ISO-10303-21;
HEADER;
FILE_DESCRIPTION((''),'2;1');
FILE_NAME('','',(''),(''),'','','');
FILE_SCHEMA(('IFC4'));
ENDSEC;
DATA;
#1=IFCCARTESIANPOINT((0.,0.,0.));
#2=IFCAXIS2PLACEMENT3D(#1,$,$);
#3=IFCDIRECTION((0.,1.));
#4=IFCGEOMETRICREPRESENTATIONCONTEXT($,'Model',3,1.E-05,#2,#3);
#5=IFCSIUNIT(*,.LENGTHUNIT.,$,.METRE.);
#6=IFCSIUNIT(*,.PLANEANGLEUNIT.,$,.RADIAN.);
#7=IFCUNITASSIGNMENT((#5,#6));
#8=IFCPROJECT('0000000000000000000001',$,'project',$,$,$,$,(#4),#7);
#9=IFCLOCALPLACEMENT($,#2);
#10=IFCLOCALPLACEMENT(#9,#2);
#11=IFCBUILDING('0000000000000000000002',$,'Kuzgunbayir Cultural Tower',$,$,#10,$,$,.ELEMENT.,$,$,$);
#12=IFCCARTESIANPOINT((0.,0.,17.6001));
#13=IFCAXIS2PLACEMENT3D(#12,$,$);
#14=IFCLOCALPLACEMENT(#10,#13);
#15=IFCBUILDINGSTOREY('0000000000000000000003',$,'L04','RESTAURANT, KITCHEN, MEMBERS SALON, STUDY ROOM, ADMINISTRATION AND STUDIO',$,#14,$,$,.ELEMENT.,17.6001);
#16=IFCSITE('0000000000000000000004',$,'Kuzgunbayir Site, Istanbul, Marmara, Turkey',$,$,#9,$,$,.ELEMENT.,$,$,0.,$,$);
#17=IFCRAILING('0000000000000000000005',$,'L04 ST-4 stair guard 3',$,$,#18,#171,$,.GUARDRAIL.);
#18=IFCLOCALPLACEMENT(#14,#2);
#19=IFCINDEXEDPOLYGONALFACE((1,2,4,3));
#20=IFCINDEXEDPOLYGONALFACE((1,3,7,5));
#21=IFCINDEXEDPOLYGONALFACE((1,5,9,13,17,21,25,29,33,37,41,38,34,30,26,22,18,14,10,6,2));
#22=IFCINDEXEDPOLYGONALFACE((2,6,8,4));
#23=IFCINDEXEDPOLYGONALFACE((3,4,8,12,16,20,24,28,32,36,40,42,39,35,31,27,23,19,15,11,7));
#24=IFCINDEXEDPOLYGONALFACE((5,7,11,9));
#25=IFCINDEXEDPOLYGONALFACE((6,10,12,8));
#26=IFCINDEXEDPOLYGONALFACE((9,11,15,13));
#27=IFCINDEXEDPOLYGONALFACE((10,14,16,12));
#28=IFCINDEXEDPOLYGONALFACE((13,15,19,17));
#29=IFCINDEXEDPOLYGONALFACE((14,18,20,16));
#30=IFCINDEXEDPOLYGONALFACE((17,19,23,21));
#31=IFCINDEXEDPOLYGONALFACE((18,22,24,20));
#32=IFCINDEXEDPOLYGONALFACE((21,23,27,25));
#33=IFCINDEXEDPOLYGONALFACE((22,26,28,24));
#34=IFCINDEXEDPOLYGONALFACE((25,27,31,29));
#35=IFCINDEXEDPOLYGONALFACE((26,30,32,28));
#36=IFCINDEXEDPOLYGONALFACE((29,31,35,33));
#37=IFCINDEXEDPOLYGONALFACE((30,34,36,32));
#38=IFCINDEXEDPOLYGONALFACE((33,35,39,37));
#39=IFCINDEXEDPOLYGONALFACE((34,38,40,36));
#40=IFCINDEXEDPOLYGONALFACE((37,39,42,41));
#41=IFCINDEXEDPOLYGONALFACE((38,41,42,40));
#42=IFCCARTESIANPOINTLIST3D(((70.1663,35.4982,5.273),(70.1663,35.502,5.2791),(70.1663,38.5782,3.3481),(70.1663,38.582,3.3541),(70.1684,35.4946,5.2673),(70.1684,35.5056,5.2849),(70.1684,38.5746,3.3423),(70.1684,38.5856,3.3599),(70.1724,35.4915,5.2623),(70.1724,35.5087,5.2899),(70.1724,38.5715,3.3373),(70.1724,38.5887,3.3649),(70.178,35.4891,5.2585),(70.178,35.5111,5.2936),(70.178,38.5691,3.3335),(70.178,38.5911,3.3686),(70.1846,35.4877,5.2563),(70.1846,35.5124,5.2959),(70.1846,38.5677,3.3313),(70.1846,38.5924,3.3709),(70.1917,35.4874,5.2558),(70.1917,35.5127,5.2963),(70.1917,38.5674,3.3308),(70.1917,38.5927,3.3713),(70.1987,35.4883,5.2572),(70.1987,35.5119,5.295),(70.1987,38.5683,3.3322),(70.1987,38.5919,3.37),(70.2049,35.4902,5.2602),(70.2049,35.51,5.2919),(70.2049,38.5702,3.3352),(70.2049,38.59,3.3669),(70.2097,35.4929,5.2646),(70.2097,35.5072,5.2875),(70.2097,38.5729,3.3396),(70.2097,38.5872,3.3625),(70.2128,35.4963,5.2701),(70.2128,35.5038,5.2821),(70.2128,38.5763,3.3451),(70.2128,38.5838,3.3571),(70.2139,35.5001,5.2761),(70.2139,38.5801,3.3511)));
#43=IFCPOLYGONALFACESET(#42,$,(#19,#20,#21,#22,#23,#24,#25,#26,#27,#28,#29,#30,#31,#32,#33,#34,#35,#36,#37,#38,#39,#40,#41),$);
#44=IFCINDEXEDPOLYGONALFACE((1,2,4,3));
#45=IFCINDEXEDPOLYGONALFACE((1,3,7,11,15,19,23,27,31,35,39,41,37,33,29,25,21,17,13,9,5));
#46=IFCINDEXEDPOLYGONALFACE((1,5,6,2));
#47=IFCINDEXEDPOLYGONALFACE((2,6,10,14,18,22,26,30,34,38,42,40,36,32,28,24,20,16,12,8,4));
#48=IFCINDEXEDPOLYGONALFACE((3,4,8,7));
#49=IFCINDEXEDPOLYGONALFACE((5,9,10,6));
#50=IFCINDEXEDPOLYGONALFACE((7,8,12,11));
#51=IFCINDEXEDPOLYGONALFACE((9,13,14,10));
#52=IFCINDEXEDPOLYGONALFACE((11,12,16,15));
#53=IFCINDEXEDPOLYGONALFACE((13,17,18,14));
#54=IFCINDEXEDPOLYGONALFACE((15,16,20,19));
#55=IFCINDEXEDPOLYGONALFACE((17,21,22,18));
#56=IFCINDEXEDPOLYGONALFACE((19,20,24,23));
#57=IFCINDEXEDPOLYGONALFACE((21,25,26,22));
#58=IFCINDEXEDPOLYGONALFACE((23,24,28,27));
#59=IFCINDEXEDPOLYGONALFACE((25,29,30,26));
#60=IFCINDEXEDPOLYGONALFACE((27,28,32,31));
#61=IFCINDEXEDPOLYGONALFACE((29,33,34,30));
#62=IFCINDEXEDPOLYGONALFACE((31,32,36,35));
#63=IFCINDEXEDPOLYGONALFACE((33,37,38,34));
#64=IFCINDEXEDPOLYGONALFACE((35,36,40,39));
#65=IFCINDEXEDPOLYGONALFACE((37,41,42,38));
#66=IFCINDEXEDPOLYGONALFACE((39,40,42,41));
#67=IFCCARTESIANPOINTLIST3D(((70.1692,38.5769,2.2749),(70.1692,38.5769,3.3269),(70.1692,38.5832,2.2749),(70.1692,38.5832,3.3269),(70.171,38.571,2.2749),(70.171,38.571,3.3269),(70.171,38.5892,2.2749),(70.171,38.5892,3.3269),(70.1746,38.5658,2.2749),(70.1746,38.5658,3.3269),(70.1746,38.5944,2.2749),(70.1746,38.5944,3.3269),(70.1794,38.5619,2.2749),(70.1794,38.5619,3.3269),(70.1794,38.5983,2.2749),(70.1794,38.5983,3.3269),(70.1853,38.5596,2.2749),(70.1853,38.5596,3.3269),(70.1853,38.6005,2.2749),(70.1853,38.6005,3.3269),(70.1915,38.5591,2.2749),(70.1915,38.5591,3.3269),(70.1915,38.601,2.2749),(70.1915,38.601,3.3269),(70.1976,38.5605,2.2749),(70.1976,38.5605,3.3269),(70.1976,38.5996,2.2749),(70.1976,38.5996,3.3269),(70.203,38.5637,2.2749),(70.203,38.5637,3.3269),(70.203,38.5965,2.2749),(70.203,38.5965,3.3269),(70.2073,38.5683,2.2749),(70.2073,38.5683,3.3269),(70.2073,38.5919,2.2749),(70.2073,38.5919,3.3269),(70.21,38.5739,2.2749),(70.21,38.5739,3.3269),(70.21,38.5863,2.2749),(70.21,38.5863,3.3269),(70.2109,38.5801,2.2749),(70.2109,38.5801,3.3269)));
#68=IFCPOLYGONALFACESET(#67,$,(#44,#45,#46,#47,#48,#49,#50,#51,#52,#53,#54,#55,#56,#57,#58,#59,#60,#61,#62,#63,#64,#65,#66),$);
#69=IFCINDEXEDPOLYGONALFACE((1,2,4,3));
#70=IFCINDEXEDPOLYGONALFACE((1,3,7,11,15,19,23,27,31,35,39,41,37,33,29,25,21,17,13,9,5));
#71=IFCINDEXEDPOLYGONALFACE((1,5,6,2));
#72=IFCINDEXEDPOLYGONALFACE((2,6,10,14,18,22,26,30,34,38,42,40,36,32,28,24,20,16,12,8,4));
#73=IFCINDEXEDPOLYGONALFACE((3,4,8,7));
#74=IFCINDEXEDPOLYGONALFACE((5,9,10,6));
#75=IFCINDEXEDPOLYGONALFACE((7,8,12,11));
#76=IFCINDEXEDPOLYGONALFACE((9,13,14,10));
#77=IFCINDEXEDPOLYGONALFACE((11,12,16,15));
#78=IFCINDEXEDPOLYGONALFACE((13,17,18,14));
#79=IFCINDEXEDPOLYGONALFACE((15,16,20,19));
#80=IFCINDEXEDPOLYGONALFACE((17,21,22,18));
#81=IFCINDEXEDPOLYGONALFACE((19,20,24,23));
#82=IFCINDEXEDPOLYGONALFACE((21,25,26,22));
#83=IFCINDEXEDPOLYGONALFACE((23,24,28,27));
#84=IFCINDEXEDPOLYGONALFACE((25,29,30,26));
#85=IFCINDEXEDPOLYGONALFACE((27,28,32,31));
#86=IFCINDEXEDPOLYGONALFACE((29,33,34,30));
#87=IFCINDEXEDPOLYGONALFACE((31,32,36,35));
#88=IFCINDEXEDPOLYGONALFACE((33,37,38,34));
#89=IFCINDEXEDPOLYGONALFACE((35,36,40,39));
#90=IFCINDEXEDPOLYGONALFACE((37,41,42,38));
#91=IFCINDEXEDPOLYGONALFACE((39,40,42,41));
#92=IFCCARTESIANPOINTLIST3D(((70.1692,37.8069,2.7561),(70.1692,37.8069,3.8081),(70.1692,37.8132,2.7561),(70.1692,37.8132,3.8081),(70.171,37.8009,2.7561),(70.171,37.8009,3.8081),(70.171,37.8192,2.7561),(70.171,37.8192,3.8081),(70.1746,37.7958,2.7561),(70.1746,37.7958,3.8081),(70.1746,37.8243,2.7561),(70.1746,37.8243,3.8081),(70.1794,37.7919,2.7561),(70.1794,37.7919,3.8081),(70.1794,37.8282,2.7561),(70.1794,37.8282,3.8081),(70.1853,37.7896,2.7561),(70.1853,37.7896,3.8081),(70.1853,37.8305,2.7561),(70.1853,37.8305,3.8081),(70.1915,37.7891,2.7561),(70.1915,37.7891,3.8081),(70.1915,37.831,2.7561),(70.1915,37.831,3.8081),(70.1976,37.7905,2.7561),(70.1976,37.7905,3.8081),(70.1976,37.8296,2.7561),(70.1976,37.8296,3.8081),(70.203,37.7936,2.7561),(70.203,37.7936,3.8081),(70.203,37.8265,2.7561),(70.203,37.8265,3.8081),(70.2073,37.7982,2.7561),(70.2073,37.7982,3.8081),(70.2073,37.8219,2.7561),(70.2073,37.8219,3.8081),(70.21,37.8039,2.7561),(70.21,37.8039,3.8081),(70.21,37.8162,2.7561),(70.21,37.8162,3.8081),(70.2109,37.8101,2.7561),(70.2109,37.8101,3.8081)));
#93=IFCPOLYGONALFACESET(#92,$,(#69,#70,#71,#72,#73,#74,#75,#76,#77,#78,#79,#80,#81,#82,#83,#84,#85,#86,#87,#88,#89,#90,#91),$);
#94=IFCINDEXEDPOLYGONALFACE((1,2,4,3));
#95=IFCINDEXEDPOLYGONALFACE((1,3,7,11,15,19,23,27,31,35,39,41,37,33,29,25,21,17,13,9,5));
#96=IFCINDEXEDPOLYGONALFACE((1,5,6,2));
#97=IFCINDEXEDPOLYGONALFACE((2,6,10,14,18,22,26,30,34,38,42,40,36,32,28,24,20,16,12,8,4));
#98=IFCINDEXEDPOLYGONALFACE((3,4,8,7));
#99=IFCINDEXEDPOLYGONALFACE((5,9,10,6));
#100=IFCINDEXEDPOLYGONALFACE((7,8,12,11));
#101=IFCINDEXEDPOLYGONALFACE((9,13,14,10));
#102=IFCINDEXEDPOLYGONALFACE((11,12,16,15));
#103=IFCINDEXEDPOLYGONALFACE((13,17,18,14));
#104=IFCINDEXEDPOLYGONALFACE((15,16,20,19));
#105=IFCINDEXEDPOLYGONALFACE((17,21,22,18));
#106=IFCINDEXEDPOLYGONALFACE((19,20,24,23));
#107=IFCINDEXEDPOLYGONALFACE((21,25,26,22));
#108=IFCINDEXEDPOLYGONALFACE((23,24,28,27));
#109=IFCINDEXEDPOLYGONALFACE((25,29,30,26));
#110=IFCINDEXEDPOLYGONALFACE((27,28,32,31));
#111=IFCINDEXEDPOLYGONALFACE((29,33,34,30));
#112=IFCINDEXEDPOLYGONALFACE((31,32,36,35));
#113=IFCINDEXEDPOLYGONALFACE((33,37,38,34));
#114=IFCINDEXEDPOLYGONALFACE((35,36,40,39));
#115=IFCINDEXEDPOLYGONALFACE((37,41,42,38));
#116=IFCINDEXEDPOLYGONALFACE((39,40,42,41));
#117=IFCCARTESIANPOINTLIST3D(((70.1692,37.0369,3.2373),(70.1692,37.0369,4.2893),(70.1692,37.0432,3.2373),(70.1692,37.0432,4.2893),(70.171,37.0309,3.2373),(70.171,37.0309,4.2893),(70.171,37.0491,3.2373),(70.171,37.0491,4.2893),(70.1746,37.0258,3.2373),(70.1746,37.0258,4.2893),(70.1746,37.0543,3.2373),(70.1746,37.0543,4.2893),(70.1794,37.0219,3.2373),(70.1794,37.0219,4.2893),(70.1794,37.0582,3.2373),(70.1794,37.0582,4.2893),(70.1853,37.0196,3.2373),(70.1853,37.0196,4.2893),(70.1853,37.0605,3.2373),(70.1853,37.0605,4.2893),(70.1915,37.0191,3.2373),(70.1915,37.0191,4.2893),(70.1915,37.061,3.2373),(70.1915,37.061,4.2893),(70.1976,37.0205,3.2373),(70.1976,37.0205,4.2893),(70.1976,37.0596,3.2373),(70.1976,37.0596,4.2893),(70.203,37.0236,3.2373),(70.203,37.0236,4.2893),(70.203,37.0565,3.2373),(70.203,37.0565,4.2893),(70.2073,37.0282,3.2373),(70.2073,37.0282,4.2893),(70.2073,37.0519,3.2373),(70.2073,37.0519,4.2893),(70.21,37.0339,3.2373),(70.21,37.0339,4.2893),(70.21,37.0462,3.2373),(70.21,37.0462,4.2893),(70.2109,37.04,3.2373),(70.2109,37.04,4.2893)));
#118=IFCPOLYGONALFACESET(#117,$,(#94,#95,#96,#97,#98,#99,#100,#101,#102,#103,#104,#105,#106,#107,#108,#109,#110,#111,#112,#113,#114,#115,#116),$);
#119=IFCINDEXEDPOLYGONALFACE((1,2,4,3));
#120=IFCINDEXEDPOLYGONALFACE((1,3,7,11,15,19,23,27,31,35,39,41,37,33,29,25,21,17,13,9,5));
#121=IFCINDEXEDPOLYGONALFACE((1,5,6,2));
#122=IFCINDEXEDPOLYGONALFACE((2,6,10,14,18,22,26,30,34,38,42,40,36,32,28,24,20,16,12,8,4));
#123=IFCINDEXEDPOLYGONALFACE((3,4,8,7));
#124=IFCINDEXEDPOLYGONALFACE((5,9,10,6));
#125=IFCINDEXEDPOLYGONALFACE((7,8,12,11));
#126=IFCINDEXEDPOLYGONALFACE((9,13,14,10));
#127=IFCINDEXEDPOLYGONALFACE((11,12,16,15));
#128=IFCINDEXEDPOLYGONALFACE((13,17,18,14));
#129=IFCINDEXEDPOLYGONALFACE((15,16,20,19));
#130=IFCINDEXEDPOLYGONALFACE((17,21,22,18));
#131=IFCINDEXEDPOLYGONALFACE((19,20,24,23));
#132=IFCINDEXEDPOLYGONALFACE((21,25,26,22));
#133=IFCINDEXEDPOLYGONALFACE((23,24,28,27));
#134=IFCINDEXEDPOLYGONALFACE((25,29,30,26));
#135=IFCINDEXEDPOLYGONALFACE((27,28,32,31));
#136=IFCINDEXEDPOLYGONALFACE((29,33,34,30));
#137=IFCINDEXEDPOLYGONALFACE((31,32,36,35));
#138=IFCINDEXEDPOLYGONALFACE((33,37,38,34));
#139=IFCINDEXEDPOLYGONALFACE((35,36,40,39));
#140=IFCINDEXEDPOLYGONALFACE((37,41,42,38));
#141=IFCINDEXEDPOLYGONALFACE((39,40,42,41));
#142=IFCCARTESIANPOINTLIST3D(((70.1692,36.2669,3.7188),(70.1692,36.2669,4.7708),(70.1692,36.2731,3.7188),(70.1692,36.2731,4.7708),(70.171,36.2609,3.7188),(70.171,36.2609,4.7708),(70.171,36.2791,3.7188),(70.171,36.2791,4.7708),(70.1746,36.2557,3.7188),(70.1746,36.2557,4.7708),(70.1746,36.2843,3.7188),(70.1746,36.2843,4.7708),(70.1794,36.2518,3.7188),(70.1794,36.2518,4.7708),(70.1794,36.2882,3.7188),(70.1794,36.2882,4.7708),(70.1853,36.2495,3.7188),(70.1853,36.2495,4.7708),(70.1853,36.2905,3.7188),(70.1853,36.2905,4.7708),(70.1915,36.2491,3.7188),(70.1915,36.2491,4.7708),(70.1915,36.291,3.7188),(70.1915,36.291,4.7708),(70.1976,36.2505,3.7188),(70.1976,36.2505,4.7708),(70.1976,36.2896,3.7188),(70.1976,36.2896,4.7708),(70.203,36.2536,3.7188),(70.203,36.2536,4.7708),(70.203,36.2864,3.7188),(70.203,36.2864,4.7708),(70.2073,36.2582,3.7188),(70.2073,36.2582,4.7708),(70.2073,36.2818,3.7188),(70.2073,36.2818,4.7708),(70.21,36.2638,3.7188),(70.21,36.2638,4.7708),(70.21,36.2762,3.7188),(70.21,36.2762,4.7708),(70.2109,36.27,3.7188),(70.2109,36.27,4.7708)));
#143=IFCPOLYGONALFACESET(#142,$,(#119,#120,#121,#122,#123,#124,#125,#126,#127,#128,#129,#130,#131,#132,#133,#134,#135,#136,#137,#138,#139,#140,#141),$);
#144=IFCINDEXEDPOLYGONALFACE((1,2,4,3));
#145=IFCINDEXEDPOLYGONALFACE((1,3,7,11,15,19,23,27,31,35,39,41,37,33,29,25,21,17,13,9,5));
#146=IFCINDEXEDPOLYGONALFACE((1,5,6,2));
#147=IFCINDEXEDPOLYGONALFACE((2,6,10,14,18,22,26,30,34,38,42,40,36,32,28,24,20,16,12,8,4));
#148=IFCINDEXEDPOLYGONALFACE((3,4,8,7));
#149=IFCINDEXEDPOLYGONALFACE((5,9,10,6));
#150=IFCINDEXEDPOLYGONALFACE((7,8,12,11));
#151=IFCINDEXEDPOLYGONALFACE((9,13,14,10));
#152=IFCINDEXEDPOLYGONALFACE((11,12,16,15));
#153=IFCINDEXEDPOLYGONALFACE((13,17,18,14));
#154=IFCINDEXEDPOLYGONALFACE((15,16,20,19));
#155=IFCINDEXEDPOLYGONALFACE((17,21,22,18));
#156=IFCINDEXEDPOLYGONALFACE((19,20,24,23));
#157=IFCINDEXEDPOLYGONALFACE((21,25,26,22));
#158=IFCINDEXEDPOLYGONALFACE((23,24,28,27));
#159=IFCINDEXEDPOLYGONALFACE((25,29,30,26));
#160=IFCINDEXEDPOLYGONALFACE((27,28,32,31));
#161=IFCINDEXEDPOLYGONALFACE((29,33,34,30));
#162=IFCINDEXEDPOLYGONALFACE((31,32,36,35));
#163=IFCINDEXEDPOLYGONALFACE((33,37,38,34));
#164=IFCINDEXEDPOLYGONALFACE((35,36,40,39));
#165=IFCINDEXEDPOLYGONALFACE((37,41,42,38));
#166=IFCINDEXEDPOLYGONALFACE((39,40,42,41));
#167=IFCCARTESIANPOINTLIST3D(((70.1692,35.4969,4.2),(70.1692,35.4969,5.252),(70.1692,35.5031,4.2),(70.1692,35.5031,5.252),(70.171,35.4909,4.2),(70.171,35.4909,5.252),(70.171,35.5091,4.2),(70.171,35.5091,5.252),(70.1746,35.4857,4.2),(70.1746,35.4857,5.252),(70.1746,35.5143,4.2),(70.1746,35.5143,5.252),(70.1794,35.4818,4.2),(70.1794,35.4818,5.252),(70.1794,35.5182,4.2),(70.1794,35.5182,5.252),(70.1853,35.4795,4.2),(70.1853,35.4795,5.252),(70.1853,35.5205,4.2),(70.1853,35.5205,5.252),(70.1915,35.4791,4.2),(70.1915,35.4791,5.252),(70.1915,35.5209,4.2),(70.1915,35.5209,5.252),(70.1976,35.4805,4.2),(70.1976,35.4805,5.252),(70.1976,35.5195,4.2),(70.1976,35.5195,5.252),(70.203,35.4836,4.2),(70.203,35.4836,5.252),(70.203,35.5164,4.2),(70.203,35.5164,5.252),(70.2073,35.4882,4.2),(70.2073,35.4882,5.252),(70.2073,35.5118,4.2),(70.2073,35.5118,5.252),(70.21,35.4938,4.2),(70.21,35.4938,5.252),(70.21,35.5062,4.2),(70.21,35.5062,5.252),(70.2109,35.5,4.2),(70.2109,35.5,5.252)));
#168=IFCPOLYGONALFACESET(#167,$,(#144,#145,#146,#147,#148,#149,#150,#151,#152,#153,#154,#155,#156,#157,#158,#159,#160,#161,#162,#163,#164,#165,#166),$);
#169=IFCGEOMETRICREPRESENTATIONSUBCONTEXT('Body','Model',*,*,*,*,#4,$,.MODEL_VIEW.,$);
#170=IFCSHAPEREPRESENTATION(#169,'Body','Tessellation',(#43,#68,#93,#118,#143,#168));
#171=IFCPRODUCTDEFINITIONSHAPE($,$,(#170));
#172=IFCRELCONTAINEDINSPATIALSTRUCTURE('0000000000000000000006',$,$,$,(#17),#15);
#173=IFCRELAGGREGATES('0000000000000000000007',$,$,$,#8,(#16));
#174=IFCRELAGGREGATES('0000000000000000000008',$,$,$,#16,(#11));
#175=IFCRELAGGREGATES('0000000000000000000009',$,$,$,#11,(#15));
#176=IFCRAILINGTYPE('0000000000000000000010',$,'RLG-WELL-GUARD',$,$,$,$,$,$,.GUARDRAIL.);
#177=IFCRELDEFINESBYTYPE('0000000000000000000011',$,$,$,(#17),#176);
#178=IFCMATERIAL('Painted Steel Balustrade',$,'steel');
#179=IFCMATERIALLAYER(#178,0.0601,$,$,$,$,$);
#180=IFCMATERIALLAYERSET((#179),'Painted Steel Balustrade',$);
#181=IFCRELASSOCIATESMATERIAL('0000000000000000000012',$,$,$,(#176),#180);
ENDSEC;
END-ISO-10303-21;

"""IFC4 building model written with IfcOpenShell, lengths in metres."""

from ifc_helpers import new_model, si_unit, direction, frame, origin, origin_2d, place, context, subcontext, project, spatial, circle, extrude, material, layer, layer_set, type_object, element, save


model = new_model("IFC4")

# Units and contexts
model_context = context("Model", 3, precision=1e-05, world=origin(), true_north=direction((0.0, 1.0)))
body_context = subcontext(model_context, "Body", "Model", "MODEL_VIEW")
ifc_project = project(units=[si_unit("LENGTHUNIT", "METRE"), si_unit("PLANEANGLEUNIT", "RADIAN")], contexts=[model_context])

# Site, building, storey
site_placement = place(None, origin())
site = spatial("IfcSite", under=ifc_project, at=site_placement, Name="Kuzgunbayir Site, Istanbul, Marmara, Turkey", CompositionType="ELEMENT", RefElevation=0.0)
building_placement = place(site_placement, origin())
building = spatial("IfcBuilding", under=site, at=building_placement, Name="Kuzgunbayir Cultural Tower", CompositionType="ELEMENT")
storey_placement = place(building_placement, frame((0.0, 0.0, 17.6001)))
storey = spatial("IfcBuildingStorey", under=building, at=storey_placement, Name="L04", Description="RESTAURANT, KITCHEN, MEMBERS SALON, STUDY ROOM, ADMINISTRATION AND STUDIO", CompositionType="ELEMENT", Elevation=17.6001)

# Railing
ifc_material_1 = material(Name="Painted Steel Balustrade", Category="steel")
ifc_layer_1 = layer(ifc_material_1, 0.0601)
ifc_layer_set_1 = layer_set([ifc_layer_1], Name="Painted Steel Balustrade")
railing_type_1 = type_object("IfcRailingType", Name="RLG-WELL-GUARD", PredefinedType="GUARDRAIL", material=ifc_layer_set_1)
railing_1_placement = place(storey_placement, frame((70.1899, 38.5801, 2.2749)))
element("IfcRailing", 1, at=railing_1_placement, inside=storey, type_object=railing_type_1, Name="L04 ST-4 stair guard 3", PredefinedType="GUARDRAIL", context=body_context, shape_type="SweptSolid", body=[
    extrude(circle(Radius=0.0239, at=origin_2d()), frame((0.0, 0.0, 1.0762), z_axis=(0.0, -0.847998, 0.529999), x_axis=(1.0, 0.0, 0.0)), (0.0, 0.0, 1.0), 3.6321),
    extrude(circle(Radius=0.021, at=origin_2d()), origin(), (0.0, 0.0, 1.0), 1.052),
    extrude(circle(Radius=0.021, at=origin_2d()), frame((0.0, -0.77, 0.4812)), (0.0, 0.0, 1.0), 1.052),
    extrude(circle(Radius=0.021, at=origin_2d()), frame((0.0, -1.54, 0.9624)), (0.0, 0.0, 1.0), 1.052),
    extrude(circle(Radius=0.021, at=origin_2d()), frame((0.0, -2.3101, 1.4438)), (0.0, 0.0, 1.0), 1.052),
    extrude(circle(Radius=0.021, at=origin_2d()), frame((0.0, -3.0801, 1.925)), (0.0, 0.0, 1.0), 1.052),
])

save(model, "model.ifc")
